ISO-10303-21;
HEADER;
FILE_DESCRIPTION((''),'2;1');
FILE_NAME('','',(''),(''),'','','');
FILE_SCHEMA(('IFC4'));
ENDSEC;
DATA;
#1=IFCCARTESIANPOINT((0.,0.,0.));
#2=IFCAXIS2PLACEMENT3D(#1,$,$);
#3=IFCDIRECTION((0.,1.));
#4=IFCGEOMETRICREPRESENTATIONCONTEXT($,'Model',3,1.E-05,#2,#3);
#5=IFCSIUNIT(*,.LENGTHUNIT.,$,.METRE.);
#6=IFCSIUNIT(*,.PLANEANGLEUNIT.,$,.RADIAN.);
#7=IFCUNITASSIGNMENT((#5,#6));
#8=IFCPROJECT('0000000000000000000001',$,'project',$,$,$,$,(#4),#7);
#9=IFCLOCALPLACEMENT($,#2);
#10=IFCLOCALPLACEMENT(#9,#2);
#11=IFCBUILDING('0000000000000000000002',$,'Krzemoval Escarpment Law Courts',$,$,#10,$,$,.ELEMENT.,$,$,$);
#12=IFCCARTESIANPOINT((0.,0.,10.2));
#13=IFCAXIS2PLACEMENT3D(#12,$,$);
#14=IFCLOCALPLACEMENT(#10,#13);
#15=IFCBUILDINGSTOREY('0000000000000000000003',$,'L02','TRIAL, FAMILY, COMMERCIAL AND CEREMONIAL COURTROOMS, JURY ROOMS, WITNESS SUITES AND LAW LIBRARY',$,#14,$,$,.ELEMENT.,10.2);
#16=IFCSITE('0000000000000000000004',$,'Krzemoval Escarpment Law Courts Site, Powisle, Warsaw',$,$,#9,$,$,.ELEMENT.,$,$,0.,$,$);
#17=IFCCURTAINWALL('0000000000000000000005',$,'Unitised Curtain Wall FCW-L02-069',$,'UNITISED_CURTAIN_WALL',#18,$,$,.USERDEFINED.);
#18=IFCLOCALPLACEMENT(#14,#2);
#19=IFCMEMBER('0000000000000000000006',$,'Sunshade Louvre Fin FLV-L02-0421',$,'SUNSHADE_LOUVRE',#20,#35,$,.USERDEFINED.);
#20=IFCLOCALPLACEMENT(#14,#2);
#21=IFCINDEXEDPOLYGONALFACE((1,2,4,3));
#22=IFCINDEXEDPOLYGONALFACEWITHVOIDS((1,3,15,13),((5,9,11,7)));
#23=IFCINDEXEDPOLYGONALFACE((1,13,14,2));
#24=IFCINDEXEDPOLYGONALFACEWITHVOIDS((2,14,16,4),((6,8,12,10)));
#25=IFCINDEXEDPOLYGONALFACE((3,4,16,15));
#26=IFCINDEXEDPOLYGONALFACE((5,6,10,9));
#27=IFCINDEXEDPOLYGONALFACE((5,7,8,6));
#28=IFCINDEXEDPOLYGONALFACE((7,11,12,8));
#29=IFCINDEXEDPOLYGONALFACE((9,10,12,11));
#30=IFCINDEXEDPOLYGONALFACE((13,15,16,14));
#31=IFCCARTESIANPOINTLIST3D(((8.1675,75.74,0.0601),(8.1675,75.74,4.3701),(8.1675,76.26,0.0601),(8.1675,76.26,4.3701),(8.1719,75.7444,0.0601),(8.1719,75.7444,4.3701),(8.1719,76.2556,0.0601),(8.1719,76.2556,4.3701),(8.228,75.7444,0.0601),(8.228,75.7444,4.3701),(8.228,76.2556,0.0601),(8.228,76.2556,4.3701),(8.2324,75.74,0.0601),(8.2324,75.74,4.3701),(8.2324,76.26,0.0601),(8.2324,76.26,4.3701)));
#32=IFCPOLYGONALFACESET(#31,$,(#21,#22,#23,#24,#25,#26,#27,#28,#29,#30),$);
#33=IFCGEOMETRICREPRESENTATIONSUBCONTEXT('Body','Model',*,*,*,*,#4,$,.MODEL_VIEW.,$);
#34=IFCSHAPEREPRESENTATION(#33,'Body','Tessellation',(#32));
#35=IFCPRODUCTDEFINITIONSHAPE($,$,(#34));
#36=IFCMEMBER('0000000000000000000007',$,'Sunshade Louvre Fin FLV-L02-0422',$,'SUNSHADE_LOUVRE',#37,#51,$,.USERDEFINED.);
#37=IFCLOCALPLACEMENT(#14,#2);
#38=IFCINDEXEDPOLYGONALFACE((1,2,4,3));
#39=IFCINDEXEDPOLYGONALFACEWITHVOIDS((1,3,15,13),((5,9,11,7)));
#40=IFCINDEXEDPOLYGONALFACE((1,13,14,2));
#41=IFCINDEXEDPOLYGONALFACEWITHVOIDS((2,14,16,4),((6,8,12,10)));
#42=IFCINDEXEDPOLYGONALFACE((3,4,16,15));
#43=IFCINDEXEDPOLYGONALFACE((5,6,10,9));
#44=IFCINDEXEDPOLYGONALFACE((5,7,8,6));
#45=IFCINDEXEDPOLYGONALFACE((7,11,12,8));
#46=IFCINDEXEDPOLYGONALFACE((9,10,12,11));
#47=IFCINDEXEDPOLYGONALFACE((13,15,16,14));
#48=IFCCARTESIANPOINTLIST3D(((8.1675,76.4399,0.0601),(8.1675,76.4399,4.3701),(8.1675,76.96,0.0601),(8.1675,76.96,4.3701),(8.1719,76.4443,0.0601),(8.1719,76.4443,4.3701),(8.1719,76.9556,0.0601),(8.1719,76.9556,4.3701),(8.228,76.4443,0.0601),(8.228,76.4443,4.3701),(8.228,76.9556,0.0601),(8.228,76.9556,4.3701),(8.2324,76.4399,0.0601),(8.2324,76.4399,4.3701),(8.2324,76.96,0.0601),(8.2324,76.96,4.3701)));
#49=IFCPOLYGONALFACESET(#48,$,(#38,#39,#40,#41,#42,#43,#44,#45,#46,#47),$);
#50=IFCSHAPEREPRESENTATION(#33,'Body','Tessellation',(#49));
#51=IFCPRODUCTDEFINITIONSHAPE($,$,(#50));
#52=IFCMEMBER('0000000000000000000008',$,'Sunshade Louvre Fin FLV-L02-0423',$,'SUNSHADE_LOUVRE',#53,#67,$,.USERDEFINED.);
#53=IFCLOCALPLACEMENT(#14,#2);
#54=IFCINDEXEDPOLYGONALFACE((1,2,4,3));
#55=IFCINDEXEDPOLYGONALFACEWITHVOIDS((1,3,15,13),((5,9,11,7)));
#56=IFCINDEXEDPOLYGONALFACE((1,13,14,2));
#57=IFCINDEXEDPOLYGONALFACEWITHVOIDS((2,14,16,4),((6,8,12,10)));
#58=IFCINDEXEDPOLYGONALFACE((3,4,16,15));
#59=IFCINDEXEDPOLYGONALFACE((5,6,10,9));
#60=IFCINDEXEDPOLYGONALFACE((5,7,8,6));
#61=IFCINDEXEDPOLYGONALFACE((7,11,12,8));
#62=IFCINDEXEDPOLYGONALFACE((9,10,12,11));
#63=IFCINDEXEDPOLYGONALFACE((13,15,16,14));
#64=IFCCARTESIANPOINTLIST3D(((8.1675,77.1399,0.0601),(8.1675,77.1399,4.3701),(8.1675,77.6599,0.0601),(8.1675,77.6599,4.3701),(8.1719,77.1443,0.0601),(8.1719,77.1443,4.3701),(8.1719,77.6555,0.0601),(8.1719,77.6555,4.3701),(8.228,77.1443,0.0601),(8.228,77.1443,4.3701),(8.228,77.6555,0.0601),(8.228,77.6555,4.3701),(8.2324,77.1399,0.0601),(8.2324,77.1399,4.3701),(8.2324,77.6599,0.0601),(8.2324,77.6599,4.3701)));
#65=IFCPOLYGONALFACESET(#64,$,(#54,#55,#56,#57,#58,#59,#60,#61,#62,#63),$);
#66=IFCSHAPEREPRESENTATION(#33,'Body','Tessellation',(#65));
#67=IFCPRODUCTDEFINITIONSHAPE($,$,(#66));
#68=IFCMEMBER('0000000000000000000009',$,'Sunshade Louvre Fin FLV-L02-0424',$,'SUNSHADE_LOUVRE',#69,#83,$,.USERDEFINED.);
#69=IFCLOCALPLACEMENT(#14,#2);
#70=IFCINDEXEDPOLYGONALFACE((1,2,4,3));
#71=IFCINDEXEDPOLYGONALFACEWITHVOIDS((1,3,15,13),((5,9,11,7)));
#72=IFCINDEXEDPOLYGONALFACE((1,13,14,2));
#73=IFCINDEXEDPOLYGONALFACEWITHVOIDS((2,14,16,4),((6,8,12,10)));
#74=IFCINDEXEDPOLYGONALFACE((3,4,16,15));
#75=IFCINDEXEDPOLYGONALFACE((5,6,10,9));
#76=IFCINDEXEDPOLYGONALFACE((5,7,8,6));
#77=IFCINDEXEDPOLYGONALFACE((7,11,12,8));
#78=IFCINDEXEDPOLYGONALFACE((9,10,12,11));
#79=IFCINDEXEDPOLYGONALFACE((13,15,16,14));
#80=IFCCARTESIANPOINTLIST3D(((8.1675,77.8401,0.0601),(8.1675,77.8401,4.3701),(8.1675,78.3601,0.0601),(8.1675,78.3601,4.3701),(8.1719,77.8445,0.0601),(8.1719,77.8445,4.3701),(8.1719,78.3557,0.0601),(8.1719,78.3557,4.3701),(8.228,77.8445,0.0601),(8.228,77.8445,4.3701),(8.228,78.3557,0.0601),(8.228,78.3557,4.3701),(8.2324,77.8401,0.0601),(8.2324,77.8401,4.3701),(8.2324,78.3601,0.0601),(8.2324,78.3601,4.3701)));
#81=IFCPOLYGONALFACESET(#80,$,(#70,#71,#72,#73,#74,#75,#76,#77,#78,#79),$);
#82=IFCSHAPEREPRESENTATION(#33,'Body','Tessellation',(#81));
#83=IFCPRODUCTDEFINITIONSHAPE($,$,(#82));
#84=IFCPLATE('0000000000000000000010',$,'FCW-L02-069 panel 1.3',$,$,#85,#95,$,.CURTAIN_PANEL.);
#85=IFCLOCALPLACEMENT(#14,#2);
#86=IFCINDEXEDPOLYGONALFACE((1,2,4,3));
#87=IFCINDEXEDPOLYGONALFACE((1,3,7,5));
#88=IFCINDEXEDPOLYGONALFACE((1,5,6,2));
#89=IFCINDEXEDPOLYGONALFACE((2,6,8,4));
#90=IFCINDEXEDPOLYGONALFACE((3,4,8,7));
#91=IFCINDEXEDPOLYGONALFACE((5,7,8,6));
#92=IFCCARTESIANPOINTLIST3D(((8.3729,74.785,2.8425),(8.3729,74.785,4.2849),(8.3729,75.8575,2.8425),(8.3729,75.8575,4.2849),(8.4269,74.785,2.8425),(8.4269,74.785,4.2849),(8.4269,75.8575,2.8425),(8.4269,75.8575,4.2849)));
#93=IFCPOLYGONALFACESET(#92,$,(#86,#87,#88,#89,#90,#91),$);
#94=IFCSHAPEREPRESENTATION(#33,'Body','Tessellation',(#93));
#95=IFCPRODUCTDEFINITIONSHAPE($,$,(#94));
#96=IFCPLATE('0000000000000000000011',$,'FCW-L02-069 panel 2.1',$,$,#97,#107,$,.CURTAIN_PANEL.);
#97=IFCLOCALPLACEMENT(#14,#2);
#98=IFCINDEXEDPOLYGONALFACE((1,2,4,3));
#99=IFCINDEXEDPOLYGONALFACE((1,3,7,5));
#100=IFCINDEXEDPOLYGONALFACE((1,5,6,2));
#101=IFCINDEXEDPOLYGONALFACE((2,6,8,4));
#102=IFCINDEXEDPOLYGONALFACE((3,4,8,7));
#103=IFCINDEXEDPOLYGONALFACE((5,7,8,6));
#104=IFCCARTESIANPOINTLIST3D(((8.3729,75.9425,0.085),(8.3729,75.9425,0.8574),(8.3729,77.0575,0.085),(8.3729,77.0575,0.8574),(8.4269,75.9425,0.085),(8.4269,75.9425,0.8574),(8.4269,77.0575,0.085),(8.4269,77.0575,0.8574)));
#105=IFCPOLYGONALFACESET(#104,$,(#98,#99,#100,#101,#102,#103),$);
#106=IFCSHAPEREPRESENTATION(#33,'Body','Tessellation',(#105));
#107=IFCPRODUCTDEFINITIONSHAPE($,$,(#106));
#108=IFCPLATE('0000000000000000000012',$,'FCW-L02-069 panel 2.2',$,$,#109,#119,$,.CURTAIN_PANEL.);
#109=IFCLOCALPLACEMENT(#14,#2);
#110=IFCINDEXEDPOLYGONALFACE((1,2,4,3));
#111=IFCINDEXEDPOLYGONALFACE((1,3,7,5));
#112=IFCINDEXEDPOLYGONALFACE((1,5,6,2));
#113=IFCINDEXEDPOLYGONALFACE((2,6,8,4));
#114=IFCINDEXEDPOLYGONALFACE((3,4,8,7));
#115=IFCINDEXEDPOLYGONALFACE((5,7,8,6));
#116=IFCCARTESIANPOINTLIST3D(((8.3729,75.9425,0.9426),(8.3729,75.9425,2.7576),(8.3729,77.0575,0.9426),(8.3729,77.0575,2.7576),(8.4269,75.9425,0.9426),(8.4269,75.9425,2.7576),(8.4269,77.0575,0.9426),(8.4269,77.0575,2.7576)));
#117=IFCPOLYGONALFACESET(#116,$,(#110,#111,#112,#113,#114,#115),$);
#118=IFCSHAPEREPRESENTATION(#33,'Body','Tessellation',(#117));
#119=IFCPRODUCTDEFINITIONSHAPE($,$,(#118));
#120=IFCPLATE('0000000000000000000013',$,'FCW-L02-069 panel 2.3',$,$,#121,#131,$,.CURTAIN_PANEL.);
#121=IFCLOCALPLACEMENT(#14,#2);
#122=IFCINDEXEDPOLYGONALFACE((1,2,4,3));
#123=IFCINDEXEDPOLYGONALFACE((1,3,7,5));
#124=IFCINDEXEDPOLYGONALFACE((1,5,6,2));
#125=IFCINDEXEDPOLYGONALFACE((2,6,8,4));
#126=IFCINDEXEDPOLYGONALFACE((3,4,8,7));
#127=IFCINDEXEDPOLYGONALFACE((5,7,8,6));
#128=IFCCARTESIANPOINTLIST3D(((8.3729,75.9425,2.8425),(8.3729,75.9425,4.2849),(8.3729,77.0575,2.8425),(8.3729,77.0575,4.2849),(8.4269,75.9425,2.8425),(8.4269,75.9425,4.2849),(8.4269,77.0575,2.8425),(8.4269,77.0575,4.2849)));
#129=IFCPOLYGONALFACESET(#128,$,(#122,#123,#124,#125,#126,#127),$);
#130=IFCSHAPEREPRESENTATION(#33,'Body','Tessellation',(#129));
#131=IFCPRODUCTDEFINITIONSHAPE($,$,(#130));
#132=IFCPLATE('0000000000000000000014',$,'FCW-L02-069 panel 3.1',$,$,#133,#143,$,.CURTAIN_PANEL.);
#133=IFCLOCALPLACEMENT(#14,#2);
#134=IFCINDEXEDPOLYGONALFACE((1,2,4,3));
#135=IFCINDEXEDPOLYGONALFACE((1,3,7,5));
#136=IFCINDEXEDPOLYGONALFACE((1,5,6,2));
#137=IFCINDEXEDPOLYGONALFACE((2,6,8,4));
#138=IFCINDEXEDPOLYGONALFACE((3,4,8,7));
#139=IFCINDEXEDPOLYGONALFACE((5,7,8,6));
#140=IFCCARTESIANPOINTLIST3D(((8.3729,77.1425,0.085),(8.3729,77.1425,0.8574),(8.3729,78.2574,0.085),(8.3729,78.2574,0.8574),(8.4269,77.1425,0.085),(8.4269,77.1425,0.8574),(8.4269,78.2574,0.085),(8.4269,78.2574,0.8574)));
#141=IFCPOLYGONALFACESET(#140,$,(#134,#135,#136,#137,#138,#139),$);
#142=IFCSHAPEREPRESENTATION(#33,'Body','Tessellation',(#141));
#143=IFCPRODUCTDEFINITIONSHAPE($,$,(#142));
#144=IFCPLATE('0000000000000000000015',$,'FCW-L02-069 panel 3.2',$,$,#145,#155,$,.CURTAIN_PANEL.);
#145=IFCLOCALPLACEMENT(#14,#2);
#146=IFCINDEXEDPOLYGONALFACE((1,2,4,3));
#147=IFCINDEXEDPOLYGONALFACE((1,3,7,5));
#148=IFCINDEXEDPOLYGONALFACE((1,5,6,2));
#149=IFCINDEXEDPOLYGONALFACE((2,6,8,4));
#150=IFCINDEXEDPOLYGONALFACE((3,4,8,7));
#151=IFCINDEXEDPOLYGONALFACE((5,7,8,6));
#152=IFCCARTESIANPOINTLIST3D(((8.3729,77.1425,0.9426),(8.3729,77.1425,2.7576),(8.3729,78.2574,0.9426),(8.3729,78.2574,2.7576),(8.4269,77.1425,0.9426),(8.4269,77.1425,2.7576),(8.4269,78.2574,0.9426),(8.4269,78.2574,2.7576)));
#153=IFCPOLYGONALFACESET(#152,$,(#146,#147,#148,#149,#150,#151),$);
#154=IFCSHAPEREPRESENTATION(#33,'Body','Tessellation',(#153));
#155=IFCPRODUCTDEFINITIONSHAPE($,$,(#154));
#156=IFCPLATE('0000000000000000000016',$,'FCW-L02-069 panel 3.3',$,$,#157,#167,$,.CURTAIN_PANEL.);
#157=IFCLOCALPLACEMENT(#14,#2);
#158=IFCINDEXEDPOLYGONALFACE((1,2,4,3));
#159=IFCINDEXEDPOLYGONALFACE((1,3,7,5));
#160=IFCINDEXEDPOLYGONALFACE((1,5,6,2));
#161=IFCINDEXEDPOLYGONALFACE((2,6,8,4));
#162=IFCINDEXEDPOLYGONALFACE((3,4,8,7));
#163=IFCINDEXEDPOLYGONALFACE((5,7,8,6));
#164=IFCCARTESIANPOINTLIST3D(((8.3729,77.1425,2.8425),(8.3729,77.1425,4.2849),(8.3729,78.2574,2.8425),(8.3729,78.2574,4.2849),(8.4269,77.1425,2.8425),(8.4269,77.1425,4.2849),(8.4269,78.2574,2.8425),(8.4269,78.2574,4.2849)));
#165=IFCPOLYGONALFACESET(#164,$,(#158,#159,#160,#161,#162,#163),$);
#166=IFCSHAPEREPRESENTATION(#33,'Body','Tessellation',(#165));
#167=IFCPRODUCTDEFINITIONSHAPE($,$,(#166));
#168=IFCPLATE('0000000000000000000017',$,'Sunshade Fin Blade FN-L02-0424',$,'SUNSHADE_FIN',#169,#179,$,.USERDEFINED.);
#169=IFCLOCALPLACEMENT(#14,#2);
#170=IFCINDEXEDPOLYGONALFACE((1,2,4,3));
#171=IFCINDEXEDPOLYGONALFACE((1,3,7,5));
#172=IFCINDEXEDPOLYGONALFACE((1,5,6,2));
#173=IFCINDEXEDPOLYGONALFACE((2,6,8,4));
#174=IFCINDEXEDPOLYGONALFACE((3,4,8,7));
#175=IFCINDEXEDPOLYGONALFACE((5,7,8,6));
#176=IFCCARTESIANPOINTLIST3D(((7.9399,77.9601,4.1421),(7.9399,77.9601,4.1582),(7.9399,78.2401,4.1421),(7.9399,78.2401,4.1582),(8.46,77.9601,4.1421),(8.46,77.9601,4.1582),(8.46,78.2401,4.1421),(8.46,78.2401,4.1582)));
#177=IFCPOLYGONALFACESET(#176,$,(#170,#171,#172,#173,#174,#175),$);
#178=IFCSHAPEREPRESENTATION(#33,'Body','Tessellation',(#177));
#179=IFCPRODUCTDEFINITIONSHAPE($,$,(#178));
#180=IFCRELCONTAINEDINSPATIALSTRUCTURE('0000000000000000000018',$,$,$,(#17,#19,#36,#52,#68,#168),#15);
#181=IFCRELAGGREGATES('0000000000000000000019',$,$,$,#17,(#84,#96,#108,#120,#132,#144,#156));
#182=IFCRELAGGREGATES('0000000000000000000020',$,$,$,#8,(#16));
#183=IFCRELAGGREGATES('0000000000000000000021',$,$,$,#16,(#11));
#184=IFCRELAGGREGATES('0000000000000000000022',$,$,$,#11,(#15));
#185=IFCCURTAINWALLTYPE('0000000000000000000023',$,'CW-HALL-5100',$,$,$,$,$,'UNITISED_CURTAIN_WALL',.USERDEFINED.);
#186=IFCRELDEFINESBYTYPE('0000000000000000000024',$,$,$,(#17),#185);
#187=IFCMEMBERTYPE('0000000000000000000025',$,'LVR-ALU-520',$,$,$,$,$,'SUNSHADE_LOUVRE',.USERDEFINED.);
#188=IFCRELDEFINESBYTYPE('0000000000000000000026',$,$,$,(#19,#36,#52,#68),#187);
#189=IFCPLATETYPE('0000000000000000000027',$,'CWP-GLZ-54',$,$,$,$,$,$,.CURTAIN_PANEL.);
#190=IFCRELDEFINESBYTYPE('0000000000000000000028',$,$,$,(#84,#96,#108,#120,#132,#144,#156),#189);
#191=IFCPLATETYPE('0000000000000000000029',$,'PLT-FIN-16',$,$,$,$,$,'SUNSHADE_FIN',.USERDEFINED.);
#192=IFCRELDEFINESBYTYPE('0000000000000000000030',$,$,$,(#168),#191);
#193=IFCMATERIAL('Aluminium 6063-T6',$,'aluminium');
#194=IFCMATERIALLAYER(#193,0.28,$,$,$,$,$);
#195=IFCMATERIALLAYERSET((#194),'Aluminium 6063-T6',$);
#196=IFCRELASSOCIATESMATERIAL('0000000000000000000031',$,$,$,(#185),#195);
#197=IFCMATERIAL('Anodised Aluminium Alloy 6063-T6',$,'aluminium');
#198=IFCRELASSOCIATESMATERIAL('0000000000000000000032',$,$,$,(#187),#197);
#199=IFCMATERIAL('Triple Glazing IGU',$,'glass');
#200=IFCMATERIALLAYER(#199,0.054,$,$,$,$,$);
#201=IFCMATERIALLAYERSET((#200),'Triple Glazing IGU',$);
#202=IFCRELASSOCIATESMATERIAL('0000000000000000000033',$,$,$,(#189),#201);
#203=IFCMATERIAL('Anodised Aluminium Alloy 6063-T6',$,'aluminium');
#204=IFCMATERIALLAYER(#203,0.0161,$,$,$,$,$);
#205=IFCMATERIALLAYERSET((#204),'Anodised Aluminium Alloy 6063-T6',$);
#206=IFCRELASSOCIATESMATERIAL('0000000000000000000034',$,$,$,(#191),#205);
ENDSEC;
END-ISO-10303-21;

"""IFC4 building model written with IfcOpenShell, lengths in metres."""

from ifc_helpers import new_model, si_unit, direction, frame, origin, origin_2d, place, context, subcontext, project, spatial, rectangle, hollow_rectangle, extrude, material, layer, layer_set, material_profile, profile_set, type_object, element, aggregate, save


model = new_model("IFC4")

# Units and contexts
model_context = context("Model", 3, precision=1e-05, world=origin(), true_north=direction((0.0, 1.0)))
body_context = subcontext(model_context, "Body", "Model", "MODEL_VIEW")
ifc_project = project(units=[si_unit("LENGTHUNIT", "METRE"), si_unit("PLANEANGLEUNIT", "RADIAN")], contexts=[model_context])

# Site, building, storey
site_placement = place(None, origin())
site = spatial("IfcSite", under=ifc_project, at=site_placement, Name="Krzemoval Escarpment Law Courts Site, Powisle, Warsaw", CompositionType="ELEMENT", RefElevation=0.0)
building_placement = place(site_placement, origin())
building = spatial("IfcBuilding", under=site, at=building_placement, Name="Krzemoval Escarpment Law Courts", CompositionType="ELEMENT")
storey_placement = place(building_placement, frame((0.0, 0.0, 10.2)))
storey = spatial("IfcBuildingStorey", under=building, at=storey_placement, Name="L02", Description="TRIAL, FAMILY, COMMERCIAL AND CEREMONIAL COURTROOMS, JURY ROOMS, WITNESS SUITES AND LAW LIBRARY", CompositionType="ELEMENT", Elevation=10.2)

# Curtain wall
ifc_material_1 = material(Name="Aluminium 6063-T6", Category="aluminium")
ifc_layer_1 = layer(ifc_material_1, 0.28)
ifc_layer_set_1 = layer_set([ifc_layer_1], Name="Aluminium 6063-T6")
curtain_wall_type = type_object("IfcCurtainWallType", Name="CW-HALL-5100", ElementType="UNITISED_CURTAIN_WALL", PredefinedType="USERDEFINED", material=ifc_layer_set_1)
curtain_wall_placement = place(storey_placement, origin())
curtain_wall = element("IfcCurtainWall", 1, at=curtain_wall_placement, inside=storey, type_object=curtain_wall_type, Name="Unitised Curtain Wall FCW-L02-069", ObjectType="UNITISED_CURTAIN_WALL", PredefinedType="USERDEFINED")

# Members
ifc_material_2 = material(Name="Anodised Aluminium Alloy 6063-T6", Category="aluminium")
ifc_material_profile_1 = material_profile(ifc_material_2, hollow_rectangle(XDim=0.0649, YDim=0.52, WallThickness=0.0044, at=origin_2d()), Name="ALU LVR 65x520")
ifc_profile_set_1 = profile_set([ifc_material_profile_1], Name="Anodised Aluminium Alloy 6063-T6")
member_type_1 = type_object("IfcMemberType", Name="LVR-ALU-520", ElementType="SUNSHADE_LOUVRE", PredefinedType="USERDEFINED", material=ifc_profile_set_1)
for number, where, z_axis, x_axis, name in (
    (2, (8.2, 76.0, 0.0601), (0.0, 0.0, 1.0), (1.0, 0.0, 0.0), "Sunshade Louvre Fin FLV-L02-0421"),
    (3, (8.2, 76.7, 0.0601), (0.0, 0.0, 1.0), (1.0, 0.0, 0.0), "Sunshade Louvre Fin FLV-L02-0422"),
    (4, (8.2, 77.3999, 0.0601), (0.0, 0.0, 1.0), (1.0, 0.0, 0.0), "Sunshade Louvre Fin FLV-L02-0423"),
    (5, (8.2, 78.1001, 0.0601), (0.0, 0.0, 1.0), (1.0, 0.0, 0.0), "Sunshade Louvre Fin FLV-L02-0424"),
):
    element("IfcMember", number, at=place(storey_placement, frame(where, z_axis=z_axis, x_axis=x_axis)), inside=storey, type_object=member_type_1, Name=name, ObjectType="SUNSHADE_LOUVRE", PredefinedType="USERDEFINED", context=body_context, shape_type="SweptSolid", body=[
        extrude(hollow_rectangle(XDim=0.0649, YDim=0.52, WallThickness=0.0044, at=origin_2d()), origin(), (0.0, 0.0, 1.0), 4.3101),
    ])

# Plates
ifc_material_3 = material(Name="Triple Glazing IGU", Category="glass")
ifc_layer_2 = layer(ifc_material_3, 0.054)
ifc_layer_set_2 = layer_set([ifc_layer_2], Name="Triple Glazing IGU")
plate_type_1 = type_object("IfcPlateType", Name="CWP-GLZ-54", PredefinedType="CURTAIN_PANEL", material=ifc_layer_set_2)
plate_1_placement = place(storey_placement, frame((8.3999, 75.3213, 2.8425), z_axis=(0.0, 0.0, 1.0), x_axis=(0.0, 1.0, 0.0)))
plate_1 = element("IfcPlate", 6, at=plate_1_placement, type_object=plate_type_1, Name="FCW-L02-069 panel 1.3", PredefinedType="CURTAIN_PANEL", context=body_context, shape_type="SweptSolid", body=[
    extrude(rectangle(XDim=1.0725, YDim=0.054, at=origin_2d()), origin(), (0.0, 0.0, 1.0), 1.4424),
])
plate_2_placement = place(storey_placement, frame((8.3999, 76.5, 0.085), z_axis=(0.0, 0.0, 1.0), x_axis=(0.0, 1.0, 0.0)))
plate_2 = element("IfcPlate", 7, at=plate_2_placement, type_object=plate_type_1, Name="FCW-L02-069 panel 2.1", PredefinedType="CURTAIN_PANEL", context=body_context, shape_type="SweptSolid", body=[
    extrude(rectangle(XDim=1.115, YDim=0.054, at=origin_2d()), origin(), (0.0, 0.0, 1.0), 0.7725),
])
plate_3_placement = place(storey_placement, frame((8.3999, 76.5, 0.9426), z_axis=(0.0, 0.0, 1.0), x_axis=(0.0, 1.0, 0.0)))
plate_3 = element("IfcPlate", 8, at=plate_3_placement, type_object=plate_type_1, Name="FCW-L02-069 panel 2.2", PredefinedType="CURTAIN_PANEL", context=body_context, shape_type="SweptSolid", body=[
    extrude(rectangle(XDim=1.115, YDim=0.054, at=origin_2d()), origin(), (0.0, 0.0, 1.0), 1.8149),
])
plate_4_placement = place(storey_placement, frame((8.3999, 76.5, 2.8425), z_axis=(0.0, 0.0, 1.0), x_axis=(0.0, 1.0, 0.0)))
plate_4 = element("IfcPlate", 9, at=plate_4_placement, type_object=plate_type_1, Name="FCW-L02-069 panel 2.3", PredefinedType="CURTAIN_PANEL", context=body_context, shape_type="SweptSolid", body=[
    extrude(rectangle(XDim=1.115, YDim=0.054, at=origin_2d()), origin(), (0.0, 0.0, 1.0), 1.4424),
])
plate_5_placement = place(storey_placement, frame((8.3999, 77.7, 0.085), z_axis=(0.0, 0.0, 1.0), x_axis=(0.0, 1.0, 0.0)))
plate_5 = element("IfcPlate", 10, at=plate_5_placement, type_object=plate_type_1, Name="FCW-L02-069 panel 3.1", PredefinedType="CURTAIN_PANEL", context=body_context, shape_type="SweptSolid", body=[
    extrude(rectangle(XDim=1.115, YDim=0.054, at=origin_2d()), origin(), (0.0, 0.0, 1.0), 0.7725),
])
plate_6_placement = place(storey_placement, frame((8.3999, 77.7, 0.9426), z_axis=(0.0, 0.0, 1.0), x_axis=(0.0, 1.0, 0.0)))
plate_6 = element("IfcPlate", 11, at=plate_6_placement, type_object=plate_type_1, Name="FCW-L02-069 panel 3.2", PredefinedType="CURTAIN_PANEL", context=body_context, shape_type="SweptSolid", body=[
    extrude(rectangle(XDim=1.115, YDim=0.054, at=origin_2d()), origin(), (0.0, 0.0, 1.0), 1.8149),
])
plate_7_placement = place(storey_placement, frame((8.3999, 77.7, 2.8425), z_axis=(0.0, 0.0, 1.0), x_axis=(0.0, 1.0, 0.0)))
plate_7 = element("IfcPlate", 12, at=plate_7_placement, type_object=plate_type_1, Name="FCW-L02-069 panel 3.3", PredefinedType="CURTAIN_PANEL", context=body_context, shape_type="SweptSolid", body=[
    extrude(rectangle(XDim=1.115, YDim=0.054, at=origin_2d()), origin(), (0.0, 0.0, 1.0), 1.4424),
])
aggregate(curtain_wall, [plate_1, plate_2, plate_3, plate_4, plate_5, plate_6, plate_7])
ifc_material_4 = material(Name="Anodised Aluminium Alloy 6063-T6", Category="aluminium")
ifc_layer_3 = layer(ifc_material_4, 0.0161)
ifc_layer_set_3 = layer_set([ifc_layer_3], Name="Anodised Aluminium Alloy 6063-T6")
plate_type_2 = type_object("IfcPlateType", Name="PLT-FIN-16", ElementType="SUNSHADE_FIN", PredefinedType="USERDEFINED", material=ifc_layer_set_3)
plate_8_placement = place(storey_placement, frame((8.2, 78.1001, 4.1421), z_axis=(0.0, 0.0, 1.0), x_axis=(-1.0, 0.0, 0.0)))
element("IfcPlate", 13, at=plate_8_placement, inside=storey, type_object=plate_type_2, Name="Sunshade Fin Blade FN-L02-0424", ObjectType="SUNSHADE_FIN", PredefinedType="USERDEFINED", context=body_context, shape_type="SweptSolid", body=[
    extrude(rectangle(XDim=0.52, YDim=0.28, at=origin_2d()), origin(), (0.0, 0.0, 1.0), 0.0161),
])

save(model, "model.ifc")
